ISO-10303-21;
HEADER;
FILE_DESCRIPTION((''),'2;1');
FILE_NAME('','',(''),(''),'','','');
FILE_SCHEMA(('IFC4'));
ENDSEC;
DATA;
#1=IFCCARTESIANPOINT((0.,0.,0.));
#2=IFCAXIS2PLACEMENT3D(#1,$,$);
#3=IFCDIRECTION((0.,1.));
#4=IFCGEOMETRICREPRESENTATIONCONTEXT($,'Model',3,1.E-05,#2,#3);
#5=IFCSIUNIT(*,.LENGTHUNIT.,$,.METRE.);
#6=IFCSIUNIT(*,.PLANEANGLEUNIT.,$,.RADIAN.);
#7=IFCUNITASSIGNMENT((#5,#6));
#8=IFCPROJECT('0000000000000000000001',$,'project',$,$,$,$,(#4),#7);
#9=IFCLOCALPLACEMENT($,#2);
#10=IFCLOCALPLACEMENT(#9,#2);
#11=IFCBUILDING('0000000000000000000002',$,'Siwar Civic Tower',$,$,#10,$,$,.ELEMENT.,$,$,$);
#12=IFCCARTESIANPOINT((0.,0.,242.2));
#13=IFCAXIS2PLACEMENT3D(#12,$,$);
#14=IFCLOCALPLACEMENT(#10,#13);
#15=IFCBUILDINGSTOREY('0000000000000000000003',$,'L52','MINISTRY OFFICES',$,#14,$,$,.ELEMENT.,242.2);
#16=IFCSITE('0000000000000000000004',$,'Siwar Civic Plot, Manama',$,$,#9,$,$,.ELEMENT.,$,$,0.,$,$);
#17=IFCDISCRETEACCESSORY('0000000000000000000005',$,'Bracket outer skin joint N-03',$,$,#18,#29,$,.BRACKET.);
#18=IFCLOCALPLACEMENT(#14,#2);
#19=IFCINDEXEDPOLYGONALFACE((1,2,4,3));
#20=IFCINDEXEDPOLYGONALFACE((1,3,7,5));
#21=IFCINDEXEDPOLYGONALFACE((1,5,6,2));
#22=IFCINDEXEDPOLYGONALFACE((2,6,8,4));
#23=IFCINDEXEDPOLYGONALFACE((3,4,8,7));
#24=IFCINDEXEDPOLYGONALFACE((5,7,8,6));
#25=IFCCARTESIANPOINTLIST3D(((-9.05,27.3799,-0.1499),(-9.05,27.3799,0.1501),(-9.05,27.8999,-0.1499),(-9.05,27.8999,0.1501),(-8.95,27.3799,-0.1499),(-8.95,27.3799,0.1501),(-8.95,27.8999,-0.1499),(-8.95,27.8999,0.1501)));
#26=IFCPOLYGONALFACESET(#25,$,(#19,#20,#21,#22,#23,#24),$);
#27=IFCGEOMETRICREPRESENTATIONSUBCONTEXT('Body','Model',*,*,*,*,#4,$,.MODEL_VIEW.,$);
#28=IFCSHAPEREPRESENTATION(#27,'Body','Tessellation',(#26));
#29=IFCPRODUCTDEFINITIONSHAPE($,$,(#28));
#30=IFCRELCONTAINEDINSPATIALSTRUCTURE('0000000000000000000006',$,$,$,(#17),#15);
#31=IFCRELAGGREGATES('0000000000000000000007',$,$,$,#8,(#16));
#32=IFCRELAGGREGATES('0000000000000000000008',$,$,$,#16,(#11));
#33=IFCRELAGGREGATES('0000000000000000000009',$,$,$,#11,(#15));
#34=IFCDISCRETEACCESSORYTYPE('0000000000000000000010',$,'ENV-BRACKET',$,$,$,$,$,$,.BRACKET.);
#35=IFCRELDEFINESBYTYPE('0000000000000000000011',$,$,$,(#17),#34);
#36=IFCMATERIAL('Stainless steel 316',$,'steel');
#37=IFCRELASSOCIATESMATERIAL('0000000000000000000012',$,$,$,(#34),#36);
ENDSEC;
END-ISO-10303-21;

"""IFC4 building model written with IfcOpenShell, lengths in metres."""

from ifc_helpers import new_model, si_unit, direction, frame, origin, origin_2d, place, context, subcontext, project, spatial, rectangle, extrude, material, type_object, element, save


model = new_model("IFC4")

# Units and contexts
model_context = context("Model", 3, precision=1e-05, world=origin(), true_north=direction((0.0, 1.0)))
body_context = subcontext(model_context, "Body", "Model", "MODEL_VIEW")
ifc_project = project(units=[si_unit("LENGTHUNIT", "METRE"), si_unit("PLANEANGLEUNIT", "RADIAN")], contexts=[model_context])

# Site, building, storey
site_placement = place(None, origin())
site = spatial("IfcSite", under=ifc_project, at=site_placement, Name="Siwar Civic Plot, Manama", CompositionType="ELEMENT", RefElevation=0.0)
building_placement = place(site_placement, origin())
building = spatial("IfcBuilding", under=site, at=building_placement, Name="Siwar Civic Tower", CompositionType="ELEMENT")
storey_placement = place(building_placement, frame((0.0, 0.0, 242.2)))
storey = spatial("IfcBuildingStorey", under=building, at=storey_placement, Name="L52", Description="MINISTRY OFFICES", CompositionType="ELEMENT", Elevation=242.2)

# Discrete accessory
ifc_material_1 = material(Name="Stainless steel 316", Category="steel")
discrete_accessory_type = type_object("IfcDiscreteAccessoryType", Name="ENV-BRACKET", PredefinedType="BRACKET", material=ifc_material_1)
discrete_accessory_placement = place(storey_placement, frame((-9.0, 27.6399, -0.1499), z_axis=(0.0, 0.0, 1.0), x_axis=(0.0, 1.0, 0.0)))
element("IfcDiscreteAccessory", 1, at=discrete_accessory_placement, inside=storey, type_object=discrete_accessory_type, Name="Bracket outer skin joint N-03", PredefinedType="BRACKET", context=body_context, shape_type="SweptSolid", body=[
    extrude(rectangle(XDim=0.52, YDim=0.1001, at=origin_2d()), origin(), (0.0, 0.0, 1.0), 0.3),
])

save(model, "model.ifc")
